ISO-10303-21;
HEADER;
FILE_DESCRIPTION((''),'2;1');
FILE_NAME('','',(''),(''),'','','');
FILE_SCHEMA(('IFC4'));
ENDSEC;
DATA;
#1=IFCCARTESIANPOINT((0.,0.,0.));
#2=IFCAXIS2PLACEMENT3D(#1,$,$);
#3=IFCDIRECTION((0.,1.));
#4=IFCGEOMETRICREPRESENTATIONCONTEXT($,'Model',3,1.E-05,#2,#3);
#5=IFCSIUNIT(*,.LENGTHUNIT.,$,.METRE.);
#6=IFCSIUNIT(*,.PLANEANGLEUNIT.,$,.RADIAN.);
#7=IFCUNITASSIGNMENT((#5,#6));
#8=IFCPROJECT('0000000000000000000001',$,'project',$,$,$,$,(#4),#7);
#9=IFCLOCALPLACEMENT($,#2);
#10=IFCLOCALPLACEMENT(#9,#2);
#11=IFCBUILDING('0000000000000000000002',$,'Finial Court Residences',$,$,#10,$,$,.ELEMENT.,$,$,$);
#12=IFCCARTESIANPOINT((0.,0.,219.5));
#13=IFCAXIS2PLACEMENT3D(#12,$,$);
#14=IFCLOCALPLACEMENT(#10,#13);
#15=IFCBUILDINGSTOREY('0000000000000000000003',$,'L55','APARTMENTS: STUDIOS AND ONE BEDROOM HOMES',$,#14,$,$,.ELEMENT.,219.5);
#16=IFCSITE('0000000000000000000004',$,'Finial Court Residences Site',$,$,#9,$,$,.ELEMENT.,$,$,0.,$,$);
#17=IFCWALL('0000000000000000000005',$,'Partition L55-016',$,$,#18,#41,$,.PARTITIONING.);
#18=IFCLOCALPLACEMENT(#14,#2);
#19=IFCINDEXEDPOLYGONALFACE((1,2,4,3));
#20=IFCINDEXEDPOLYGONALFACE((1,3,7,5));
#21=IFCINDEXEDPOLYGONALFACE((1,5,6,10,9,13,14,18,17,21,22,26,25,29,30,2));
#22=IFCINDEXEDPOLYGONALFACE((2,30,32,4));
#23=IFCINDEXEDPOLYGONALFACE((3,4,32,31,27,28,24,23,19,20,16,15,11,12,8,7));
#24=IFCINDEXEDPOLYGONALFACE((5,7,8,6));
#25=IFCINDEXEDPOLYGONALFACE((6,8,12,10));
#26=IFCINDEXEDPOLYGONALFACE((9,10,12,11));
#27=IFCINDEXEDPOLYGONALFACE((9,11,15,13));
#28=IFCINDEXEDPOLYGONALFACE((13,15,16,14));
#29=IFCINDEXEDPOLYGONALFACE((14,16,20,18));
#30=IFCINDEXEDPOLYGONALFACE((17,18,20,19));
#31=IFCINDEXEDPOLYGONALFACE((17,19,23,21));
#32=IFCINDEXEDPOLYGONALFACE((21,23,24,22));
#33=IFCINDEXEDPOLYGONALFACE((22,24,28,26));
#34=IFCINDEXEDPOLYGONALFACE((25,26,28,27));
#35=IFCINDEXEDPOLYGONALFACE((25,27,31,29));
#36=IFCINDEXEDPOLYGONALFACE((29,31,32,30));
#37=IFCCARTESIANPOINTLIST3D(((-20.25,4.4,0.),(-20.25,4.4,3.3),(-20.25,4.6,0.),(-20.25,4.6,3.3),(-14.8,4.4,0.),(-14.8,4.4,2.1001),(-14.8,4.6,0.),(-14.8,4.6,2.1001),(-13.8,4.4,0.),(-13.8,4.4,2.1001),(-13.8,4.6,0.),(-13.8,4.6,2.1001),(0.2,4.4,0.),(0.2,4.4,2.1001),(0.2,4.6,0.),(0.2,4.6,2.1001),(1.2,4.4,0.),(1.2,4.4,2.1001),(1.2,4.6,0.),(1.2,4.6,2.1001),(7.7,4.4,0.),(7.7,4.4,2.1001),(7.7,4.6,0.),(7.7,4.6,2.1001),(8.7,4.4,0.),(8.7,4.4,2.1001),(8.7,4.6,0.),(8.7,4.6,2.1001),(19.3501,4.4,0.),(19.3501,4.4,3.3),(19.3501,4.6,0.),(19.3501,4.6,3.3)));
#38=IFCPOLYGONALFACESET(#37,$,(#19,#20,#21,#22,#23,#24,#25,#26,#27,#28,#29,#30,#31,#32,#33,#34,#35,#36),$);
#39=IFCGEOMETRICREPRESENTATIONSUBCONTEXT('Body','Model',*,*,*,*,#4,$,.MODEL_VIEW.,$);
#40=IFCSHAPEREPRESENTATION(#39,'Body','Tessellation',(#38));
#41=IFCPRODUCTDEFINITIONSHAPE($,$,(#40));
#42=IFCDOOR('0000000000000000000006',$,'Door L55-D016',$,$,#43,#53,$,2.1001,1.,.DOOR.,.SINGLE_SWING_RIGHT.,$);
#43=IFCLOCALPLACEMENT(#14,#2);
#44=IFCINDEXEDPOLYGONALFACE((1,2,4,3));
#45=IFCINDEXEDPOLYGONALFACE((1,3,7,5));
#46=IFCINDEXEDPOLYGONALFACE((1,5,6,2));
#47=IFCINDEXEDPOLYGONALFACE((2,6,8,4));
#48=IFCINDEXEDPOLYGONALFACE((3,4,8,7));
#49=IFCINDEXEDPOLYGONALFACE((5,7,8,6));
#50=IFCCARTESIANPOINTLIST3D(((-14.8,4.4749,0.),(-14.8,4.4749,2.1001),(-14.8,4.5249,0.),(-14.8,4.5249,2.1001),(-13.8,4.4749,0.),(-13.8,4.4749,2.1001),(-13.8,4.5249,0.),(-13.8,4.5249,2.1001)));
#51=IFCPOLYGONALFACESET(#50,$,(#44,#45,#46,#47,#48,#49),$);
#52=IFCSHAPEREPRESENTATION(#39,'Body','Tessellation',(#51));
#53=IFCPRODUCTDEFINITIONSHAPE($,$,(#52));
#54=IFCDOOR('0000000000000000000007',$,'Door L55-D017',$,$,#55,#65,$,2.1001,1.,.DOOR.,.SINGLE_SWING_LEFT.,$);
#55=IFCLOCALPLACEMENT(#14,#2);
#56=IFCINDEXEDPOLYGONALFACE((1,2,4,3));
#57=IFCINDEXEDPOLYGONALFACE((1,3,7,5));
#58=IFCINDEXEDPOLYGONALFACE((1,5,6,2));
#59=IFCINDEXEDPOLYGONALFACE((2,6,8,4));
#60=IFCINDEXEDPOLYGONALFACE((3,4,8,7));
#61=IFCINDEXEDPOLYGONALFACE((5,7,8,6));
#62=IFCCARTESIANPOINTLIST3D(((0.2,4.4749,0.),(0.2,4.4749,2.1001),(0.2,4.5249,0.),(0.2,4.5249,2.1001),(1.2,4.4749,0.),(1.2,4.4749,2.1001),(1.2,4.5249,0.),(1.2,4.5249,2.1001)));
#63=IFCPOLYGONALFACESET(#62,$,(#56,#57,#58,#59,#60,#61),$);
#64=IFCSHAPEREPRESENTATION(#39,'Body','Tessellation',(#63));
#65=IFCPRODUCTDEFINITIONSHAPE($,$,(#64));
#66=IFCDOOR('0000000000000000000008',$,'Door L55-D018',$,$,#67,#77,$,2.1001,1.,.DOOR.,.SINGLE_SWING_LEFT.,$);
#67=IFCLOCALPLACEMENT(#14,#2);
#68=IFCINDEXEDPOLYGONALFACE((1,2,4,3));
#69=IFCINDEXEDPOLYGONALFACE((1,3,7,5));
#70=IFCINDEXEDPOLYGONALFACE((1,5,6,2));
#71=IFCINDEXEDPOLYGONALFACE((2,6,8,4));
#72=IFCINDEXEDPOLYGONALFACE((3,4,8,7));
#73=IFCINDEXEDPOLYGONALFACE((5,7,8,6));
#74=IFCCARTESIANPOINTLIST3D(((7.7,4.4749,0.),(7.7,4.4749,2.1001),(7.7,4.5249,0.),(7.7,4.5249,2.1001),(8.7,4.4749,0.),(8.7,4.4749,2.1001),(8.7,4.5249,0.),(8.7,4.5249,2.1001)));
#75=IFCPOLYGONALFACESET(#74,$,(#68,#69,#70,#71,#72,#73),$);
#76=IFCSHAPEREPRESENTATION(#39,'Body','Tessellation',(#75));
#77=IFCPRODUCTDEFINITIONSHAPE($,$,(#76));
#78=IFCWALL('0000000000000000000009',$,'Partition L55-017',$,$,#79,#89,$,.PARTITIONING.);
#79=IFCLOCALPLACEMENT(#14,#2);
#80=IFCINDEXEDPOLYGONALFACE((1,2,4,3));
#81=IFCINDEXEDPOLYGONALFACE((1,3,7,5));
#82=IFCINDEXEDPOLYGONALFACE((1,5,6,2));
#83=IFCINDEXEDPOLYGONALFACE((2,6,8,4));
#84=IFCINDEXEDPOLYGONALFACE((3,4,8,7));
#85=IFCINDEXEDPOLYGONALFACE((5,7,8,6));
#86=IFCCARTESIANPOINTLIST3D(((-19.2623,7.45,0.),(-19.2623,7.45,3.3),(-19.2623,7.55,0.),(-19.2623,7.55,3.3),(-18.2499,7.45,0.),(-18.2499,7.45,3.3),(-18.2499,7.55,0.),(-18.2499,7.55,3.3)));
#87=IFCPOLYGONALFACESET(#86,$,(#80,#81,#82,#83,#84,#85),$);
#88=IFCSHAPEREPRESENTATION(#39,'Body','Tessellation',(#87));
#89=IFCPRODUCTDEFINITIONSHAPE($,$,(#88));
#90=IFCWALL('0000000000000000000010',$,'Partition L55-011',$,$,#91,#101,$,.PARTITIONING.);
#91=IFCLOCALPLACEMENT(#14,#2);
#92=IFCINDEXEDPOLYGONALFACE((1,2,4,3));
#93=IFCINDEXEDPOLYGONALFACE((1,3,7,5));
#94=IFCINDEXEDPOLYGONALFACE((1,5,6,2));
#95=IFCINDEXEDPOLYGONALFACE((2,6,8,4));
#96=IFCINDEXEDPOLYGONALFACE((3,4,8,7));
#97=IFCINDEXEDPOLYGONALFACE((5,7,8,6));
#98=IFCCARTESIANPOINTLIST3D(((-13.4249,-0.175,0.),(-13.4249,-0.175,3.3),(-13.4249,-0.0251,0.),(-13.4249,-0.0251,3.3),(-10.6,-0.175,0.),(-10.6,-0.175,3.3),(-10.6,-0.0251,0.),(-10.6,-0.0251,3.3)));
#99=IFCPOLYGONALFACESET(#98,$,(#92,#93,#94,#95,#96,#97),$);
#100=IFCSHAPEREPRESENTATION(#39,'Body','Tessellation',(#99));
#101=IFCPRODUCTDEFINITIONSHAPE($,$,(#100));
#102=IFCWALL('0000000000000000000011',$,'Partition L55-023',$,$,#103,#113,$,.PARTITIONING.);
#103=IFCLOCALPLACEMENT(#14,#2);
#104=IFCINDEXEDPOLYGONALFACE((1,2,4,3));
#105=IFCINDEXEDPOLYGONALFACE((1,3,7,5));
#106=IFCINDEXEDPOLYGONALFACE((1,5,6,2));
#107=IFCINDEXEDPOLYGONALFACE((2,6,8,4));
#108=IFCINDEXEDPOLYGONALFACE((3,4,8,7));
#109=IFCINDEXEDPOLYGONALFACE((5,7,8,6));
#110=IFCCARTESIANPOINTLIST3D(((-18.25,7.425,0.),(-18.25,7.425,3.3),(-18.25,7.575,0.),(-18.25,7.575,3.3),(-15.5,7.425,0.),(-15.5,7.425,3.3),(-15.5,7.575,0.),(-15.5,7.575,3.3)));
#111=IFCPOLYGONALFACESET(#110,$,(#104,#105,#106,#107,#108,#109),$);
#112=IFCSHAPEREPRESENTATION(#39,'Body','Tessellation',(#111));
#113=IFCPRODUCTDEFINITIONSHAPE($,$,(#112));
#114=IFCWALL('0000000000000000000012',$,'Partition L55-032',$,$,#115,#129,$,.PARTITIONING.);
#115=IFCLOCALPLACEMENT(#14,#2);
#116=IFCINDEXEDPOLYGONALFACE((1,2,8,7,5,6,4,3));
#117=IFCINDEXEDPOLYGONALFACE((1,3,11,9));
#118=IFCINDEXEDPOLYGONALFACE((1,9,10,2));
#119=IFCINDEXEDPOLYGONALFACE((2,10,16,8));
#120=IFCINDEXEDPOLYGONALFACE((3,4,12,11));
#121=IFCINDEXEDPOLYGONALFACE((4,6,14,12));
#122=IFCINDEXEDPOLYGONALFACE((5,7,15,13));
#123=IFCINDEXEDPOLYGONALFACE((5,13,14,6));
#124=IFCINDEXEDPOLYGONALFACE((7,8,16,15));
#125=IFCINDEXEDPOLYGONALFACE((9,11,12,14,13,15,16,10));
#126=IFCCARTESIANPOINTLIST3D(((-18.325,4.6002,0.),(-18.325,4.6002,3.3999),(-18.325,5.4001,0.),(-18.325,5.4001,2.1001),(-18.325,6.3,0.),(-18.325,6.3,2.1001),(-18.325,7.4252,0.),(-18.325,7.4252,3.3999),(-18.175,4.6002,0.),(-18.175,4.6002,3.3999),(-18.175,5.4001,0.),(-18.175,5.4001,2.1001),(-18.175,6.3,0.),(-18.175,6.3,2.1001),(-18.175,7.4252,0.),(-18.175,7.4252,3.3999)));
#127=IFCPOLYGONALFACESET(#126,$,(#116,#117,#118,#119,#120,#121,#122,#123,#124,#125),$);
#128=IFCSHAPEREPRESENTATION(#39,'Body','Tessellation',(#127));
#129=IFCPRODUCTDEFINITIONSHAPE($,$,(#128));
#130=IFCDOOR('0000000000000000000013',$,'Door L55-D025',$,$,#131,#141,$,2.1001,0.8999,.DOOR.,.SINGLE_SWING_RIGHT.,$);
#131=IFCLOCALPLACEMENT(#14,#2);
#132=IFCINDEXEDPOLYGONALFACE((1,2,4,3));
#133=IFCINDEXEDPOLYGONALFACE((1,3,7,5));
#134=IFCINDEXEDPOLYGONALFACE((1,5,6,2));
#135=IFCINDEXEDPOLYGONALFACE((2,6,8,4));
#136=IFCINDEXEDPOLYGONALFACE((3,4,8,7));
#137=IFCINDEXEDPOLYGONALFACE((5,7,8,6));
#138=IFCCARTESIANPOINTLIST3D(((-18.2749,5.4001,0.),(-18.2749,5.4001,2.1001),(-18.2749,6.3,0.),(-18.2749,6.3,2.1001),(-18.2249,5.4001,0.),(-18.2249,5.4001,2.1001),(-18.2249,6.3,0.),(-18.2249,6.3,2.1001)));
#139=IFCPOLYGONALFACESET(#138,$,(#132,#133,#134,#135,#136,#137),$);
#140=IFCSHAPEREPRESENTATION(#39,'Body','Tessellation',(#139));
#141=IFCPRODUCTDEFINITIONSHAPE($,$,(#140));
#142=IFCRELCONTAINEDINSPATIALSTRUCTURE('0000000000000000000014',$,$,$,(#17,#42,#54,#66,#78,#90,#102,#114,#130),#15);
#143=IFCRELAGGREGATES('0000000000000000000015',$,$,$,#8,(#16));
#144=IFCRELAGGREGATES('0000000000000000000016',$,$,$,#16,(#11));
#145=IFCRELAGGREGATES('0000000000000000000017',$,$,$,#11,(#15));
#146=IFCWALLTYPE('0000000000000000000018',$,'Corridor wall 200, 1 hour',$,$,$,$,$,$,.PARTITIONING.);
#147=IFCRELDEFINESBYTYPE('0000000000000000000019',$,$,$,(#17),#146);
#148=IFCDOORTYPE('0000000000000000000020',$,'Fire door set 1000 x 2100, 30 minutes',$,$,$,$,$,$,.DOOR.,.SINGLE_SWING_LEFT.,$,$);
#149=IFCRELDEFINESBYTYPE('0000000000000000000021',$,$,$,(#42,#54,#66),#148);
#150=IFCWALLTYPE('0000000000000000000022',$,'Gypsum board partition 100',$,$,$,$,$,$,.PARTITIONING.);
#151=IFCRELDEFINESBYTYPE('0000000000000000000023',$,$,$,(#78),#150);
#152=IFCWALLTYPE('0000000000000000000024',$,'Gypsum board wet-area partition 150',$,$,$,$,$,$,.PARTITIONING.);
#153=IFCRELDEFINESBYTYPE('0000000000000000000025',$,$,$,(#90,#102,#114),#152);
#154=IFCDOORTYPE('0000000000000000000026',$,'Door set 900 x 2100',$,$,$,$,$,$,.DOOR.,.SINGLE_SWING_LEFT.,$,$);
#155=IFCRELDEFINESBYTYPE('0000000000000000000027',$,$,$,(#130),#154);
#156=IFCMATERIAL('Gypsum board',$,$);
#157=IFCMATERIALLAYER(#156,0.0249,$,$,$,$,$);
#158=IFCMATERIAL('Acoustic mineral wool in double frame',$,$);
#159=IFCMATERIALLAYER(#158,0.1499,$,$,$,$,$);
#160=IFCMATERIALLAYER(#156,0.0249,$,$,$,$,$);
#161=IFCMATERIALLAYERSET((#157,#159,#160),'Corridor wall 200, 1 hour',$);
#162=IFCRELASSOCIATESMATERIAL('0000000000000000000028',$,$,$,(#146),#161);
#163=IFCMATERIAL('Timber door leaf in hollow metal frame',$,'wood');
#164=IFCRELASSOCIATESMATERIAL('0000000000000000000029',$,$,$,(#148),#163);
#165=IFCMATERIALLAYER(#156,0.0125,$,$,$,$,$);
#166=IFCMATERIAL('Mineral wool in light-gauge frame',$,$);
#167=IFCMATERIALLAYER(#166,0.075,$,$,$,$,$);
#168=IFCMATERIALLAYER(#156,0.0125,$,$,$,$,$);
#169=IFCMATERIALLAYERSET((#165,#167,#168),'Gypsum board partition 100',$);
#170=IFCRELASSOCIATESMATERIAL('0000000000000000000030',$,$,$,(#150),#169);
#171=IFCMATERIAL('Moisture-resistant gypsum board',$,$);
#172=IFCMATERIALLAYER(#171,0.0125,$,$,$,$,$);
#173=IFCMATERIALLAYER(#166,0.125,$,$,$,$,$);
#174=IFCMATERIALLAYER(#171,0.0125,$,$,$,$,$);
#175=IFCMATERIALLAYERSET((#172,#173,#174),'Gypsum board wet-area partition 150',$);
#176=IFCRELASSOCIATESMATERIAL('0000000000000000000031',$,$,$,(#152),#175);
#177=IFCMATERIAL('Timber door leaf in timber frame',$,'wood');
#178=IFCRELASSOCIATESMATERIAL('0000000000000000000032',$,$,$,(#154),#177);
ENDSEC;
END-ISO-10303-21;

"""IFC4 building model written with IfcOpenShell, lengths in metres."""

from ifc_helpers import new_model, si_unit, direction, frame, frame_2d, origin, place, context, subcontext, project, spatial, rectangle, extrude, material, layer, layer_set, type_object, element, fill, save


model = new_model("IFC4")

# Units and contexts
model_context = context("Model", 3, precision=1e-05, world=origin(), true_north=direction((0.0, 1.0)))
body_context = subcontext(model_context, "Body", "Model", "MODEL_VIEW")
ifc_project = project(units=[si_unit("LENGTHUNIT", "METRE"), si_unit("PLANEANGLEUNIT", "RADIAN")], contexts=[model_context])

# Site, building, storey
site_placement = place(None, origin())
site = spatial("IfcSite", under=ifc_project, at=site_placement, Name="Finial Court Residences Site", CompositionType="ELEMENT", RefElevation=0.0)
building_placement = place(site_placement, origin())
building = spatial("IfcBuilding", under=site, at=building_placement, Name="Finial Court Residences", CompositionType="ELEMENT")
storey_placement = place(building_placement, frame((0.0, 0.0, 219.5)))
storey = spatial("IfcBuildingStorey", under=building, at=storey_placement, Name="L55", Description="APARTMENTS: STUDIOS AND ONE BEDROOM HOMES", CompositionType="ELEMENT", Elevation=219.5)

# Shared definitions
ifc_material_1 = material(Name="Gypsum board")
ifc_layer_1 = layer(ifc_material_1, 0.0249)
ifc_material_2 = material(Name="Acoustic mineral wool in double frame")
ifc_layer_2 = layer(ifc_material_2, 0.1499)
ifc_layer_3 = layer(ifc_material_1, 0.0249)
ifc_layer_set_1 = layer_set([ifc_layer_1, ifc_layer_2, ifc_layer_3], Name="Corridor wall 200, 1 hour")
wall_type_1 = type_object("IfcWallType", Name="Corridor wall 200, 1 hour", PredefinedType="PARTITIONING", material=ifc_layer_set_1)

# Wall, openings, doors
wall_1_placement = place(storey_placement, frame((-20.25, 4.5, 0.0), z_axis=(0.0, 0.0, 1.0), x_axis=(1.0, 0.0, 0.0)))
wall_1 = element("IfcWall", 1, at=wall_1_placement, inside=storey, type_object=wall_type_1, Name="Partition L55-016", PredefinedType="PARTITIONING", context=body_context, shape_type="SweptSolid", body=[
    extrude(rectangle(XDim=39.6001, YDim=0.2, at=frame_2d((19.8, 0.0))), origin(), (0.0, 0.0, 1.0), 3.3),
])
opening_1_placement = place(wall_1_placement, frame((5.45, 0.0, 0.0)))
opening_1 = element("IfcOpeningElement", 2, at=opening_1_placement, cuts=wall_1, PredefinedType="OPENING", context=body_context, shape_type="SweptSolid", body=[
    extrude(rectangle(XDim=1.0, YDim=2.1001, at=frame_2d((0.5, 1.05))), frame((0.0, 0.1099, 0.0), z_axis=(0.0, -1.0, 0.0), x_axis=(1.0, 0.0, 0.0)), (0.0, 0.0, 1.0), 0.22),
])
opening_2_placement = place(wall_1_placement, frame((20.45, 0.0, 0.0)))
opening_2 = element("IfcOpeningElement", 3, at=opening_2_placement, cuts=wall_1, PredefinedType="OPENING", context=body_context, shape_type="SweptSolid", body=[
    extrude(rectangle(XDim=1.0, YDim=2.1001, at=frame_2d((0.5, 1.05))), frame((0.0, 0.1099, 0.0), z_axis=(0.0, -1.0, 0.0), x_axis=(1.0, 0.0, 0.0)), (0.0, 0.0, 1.0), 0.22),
])
opening_3_placement = place(wall_1_placement, frame((27.95, 0.0, 0.0)))
opening_3 = element("IfcOpeningElement", 4, at=opening_3_placement, cuts=wall_1, PredefinedType="OPENING", context=body_context, shape_type="SweptSolid", body=[
    extrude(rectangle(XDim=1.0, YDim=2.1001, at=frame_2d((0.5, 1.05))), frame((0.0, 0.1099, 0.0), z_axis=(0.0, -1.0, 0.0), x_axis=(1.0, 0.0, 0.0)), (0.0, 0.0, 1.0), 0.22),
])
ifc_material_3 = material(Name="Timber door leaf in hollow metal frame", Category="wood")
door_type_1 = type_object("IfcDoorType", Name="Fire door set 1000 x 2100, 30 minutes", OperationType="SINGLE_SWING_LEFT", PredefinedType="DOOR", material=ifc_material_3)
door_1_placement = place(opening_1_placement, origin())
door_1 = element("IfcDoor", 5, at=door_1_placement, inside=storey, type_object=door_type_1, Name="Door L55-D016", OperationType="SINGLE_SWING_RIGHT", OverallHeight=2.1001, OverallWidth=1.0, PredefinedType="DOOR", context=body_context, shape_type="SweptSolid", body=[
    extrude(rectangle(XDim=1.0, YDim=2.1001, at=frame_2d((0.5, 1.05))), frame((0.0, 0.0249, 0.0), z_axis=(0.0, -1.0, 0.0), x_axis=(1.0, 0.0, 0.0)), (0.0, 0.0, 1.0), 0.05),
])
fill(opening_1, door_1)
door_2_placement = place(opening_2_placement, origin())
door_2 = element("IfcDoor", 6, at=door_2_placement, inside=storey, type_object=door_type_1, Name="Door L55-D017", OperationType="SINGLE_SWING_LEFT", OverallHeight=2.1001, OverallWidth=1.0, PredefinedType="DOOR", context=body_context, shape_type="SweptSolid", body=[
    extrude(rectangle(XDim=1.0, YDim=2.1001, at=frame_2d((0.5, 1.05))), frame((0.0, 0.0249, 0.0), z_axis=(0.0, -1.0, 0.0), x_axis=(1.0, 0.0, 0.0)), (0.0, 0.0, 1.0), 0.05),
])
fill(opening_2, door_2)
door_3_placement = place(opening_3_placement, origin())
door_3 = element("IfcDoor", 7, at=door_3_placement, inside=storey, type_object=door_type_1, Name="Door L55-D018", OperationType="SINGLE_SWING_LEFT", OverallHeight=2.1001, OverallWidth=1.0, PredefinedType="DOOR", context=body_context, shape_type="SweptSolid", body=[
    extrude(rectangle(XDim=1.0, YDim=2.1001, at=frame_2d((0.5, 1.05))), frame((0.0, 0.0249, 0.0), z_axis=(0.0, -1.0, 0.0), x_axis=(1.0, 0.0, 0.0)), (0.0, 0.0, 1.0), 0.05),
])
fill(opening_3, door_3)

# Walls
ifc_layer_4 = layer(ifc_material_1, 0.0125)
ifc_material_4 = material(Name="Mineral wool in light-gauge frame")
ifc_layer_5 = layer(ifc_material_4, 0.075)
ifc_layer_6 = layer(ifc_material_1, 0.0125)
ifc_layer_set_2 = layer_set([ifc_layer_4, ifc_layer_5, ifc_layer_6], Name="Gypsum board partition 100")
wall_type_2 = type_object("IfcWallType", Name="Gypsum board partition 100", PredefinedType="PARTITIONING", material=ifc_layer_set_2)
wall_2_placement = place(storey_placement, frame((-19.2625, 7.5, 0.0), z_axis=(0.0, 0.0, 1.0), x_axis=(1.0, 0.0, 0.0)))
element("IfcWall", 8, at=wall_2_placement, inside=storey, type_object=wall_type_2, Name="Partition L55-017", PredefinedType="PARTITIONING", context=body_context, shape_type="SweptSolid", body=[
    extrude(rectangle(XDim=1.0125, YDim=0.1001, at=frame_2d((0.5063, 0.0))), origin(), (0.0, 0.0, 1.0), 3.3),
])
ifc_material_5 = material(Name="Moisture-resistant gypsum board")
ifc_layer_7 = layer(ifc_material_5, 0.0125)
ifc_layer_8 = layer(ifc_material_4, 0.125)
ifc_layer_9 = layer(ifc_material_5, 0.0125)
ifc_layer_set_3 = layer_set([ifc_layer_7, ifc_layer_8, ifc_layer_9], Name="Gypsum board wet-area partition 150")
wall_type_3 = type_object("IfcWallType", Name="Gypsum board wet-area partition 150", PredefinedType="PARTITIONING", material=ifc_layer_set_3)
wall_3_placement = place(storey_placement, frame((-13.425, -0.1001, 0.0), z_axis=(0.0, 0.0, 1.0), x_axis=(1.0, 0.0, 0.0)))
element("IfcWall", 9, at=wall_3_placement, inside=storey, type_object=wall_type_3, Name="Partition L55-011", PredefinedType="PARTITIONING", context=body_context, shape_type="SweptSolid", body=[
    extrude(rectangle(XDim=2.825, YDim=0.1499, at=frame_2d((1.4126, 0.0))), origin(), (0.0, 0.0, 1.0), 3.3),
])
wall_4_placement = place(storey_placement, frame((-18.25, 7.5, 0.0), z_axis=(0.0, 0.0, 1.0), x_axis=(1.0, 0.0, 0.0)))
element("IfcWall", 10, at=wall_4_placement, inside=storey, type_object=wall_type_3, Name="Partition L55-023", PredefinedType="PARTITIONING", context=body_context, shape_type="SweptSolid", body=[
    extrude(rectangle(XDim=2.75, YDim=0.1499, at=frame_2d((1.375, 0.0))), origin(), (0.0, 0.0, 1.0), 3.3),
])

# Wall, opening, door
wall_5_placement = place(storey_placement, frame((-18.25, 4.6001, 0.0), z_axis=(0.0, 0.0, 1.0), x_axis=(0.0, 1.0, 0.0)))
wall_5 = element("IfcWall", 11, at=wall_5_placement, inside=storey, type_object=wall_type_3, Name="Partition L55-032", PredefinedType="PARTITIONING", context=body_context, shape_type="SweptSolid", body=[
    extrude(rectangle(XDim=2.825, YDim=0.1499, at=frame_2d((1.4126, 0.0))), origin(), (0.0, 0.0, 1.0), 3.3999),
])
opening_4_placement = place(wall_5_placement, frame((0.8, 0.0, 0.0)))
opening_4 = element("IfcOpeningElement", 12, at=opening_4_placement, cuts=wall_5, PredefinedType="OPENING", context=body_context, shape_type="SweptSolid", body=[
    extrude(rectangle(XDim=0.8999, YDim=2.1001, at=frame_2d((0.45, 1.05))), frame((0.0, 0.085, 0.0), z_axis=(0.0, -1.0, 0.0), x_axis=(1.0, 0.0, 0.0)), (0.0, 0.0, 1.0), 0.1699),
])
ifc_material_6 = material(Name="Timber door leaf in timber frame", Category="wood")
door_type_2 = type_object("IfcDoorType", Name="Door set 900 x 2100", OperationType="SINGLE_SWING_LEFT", PredefinedType="DOOR", material=ifc_material_6)
door_4_placement = place(opening_4_placement, origin())
door_4 = element("IfcDoor", 13, at=door_4_placement, inside=storey, type_object=door_type_2, Name="Door L55-D025", OperationType="SINGLE_SWING_RIGHT", OverallHeight=2.1001, OverallWidth=0.8999, PredefinedType="DOOR", context=body_context, shape_type="SweptSolid", body=[
    extrude(rectangle(XDim=0.8999, YDim=2.1001, at=frame_2d((0.45, 1.05))), frame((0.0, 0.0249, 0.0), z_axis=(0.0, -1.0, 0.0), x_axis=(1.0, 0.0, 0.0)), (0.0, 0.0, 1.0), 0.05),
])
fill(opening_4, door_4)

save(model, "model.ifc")
